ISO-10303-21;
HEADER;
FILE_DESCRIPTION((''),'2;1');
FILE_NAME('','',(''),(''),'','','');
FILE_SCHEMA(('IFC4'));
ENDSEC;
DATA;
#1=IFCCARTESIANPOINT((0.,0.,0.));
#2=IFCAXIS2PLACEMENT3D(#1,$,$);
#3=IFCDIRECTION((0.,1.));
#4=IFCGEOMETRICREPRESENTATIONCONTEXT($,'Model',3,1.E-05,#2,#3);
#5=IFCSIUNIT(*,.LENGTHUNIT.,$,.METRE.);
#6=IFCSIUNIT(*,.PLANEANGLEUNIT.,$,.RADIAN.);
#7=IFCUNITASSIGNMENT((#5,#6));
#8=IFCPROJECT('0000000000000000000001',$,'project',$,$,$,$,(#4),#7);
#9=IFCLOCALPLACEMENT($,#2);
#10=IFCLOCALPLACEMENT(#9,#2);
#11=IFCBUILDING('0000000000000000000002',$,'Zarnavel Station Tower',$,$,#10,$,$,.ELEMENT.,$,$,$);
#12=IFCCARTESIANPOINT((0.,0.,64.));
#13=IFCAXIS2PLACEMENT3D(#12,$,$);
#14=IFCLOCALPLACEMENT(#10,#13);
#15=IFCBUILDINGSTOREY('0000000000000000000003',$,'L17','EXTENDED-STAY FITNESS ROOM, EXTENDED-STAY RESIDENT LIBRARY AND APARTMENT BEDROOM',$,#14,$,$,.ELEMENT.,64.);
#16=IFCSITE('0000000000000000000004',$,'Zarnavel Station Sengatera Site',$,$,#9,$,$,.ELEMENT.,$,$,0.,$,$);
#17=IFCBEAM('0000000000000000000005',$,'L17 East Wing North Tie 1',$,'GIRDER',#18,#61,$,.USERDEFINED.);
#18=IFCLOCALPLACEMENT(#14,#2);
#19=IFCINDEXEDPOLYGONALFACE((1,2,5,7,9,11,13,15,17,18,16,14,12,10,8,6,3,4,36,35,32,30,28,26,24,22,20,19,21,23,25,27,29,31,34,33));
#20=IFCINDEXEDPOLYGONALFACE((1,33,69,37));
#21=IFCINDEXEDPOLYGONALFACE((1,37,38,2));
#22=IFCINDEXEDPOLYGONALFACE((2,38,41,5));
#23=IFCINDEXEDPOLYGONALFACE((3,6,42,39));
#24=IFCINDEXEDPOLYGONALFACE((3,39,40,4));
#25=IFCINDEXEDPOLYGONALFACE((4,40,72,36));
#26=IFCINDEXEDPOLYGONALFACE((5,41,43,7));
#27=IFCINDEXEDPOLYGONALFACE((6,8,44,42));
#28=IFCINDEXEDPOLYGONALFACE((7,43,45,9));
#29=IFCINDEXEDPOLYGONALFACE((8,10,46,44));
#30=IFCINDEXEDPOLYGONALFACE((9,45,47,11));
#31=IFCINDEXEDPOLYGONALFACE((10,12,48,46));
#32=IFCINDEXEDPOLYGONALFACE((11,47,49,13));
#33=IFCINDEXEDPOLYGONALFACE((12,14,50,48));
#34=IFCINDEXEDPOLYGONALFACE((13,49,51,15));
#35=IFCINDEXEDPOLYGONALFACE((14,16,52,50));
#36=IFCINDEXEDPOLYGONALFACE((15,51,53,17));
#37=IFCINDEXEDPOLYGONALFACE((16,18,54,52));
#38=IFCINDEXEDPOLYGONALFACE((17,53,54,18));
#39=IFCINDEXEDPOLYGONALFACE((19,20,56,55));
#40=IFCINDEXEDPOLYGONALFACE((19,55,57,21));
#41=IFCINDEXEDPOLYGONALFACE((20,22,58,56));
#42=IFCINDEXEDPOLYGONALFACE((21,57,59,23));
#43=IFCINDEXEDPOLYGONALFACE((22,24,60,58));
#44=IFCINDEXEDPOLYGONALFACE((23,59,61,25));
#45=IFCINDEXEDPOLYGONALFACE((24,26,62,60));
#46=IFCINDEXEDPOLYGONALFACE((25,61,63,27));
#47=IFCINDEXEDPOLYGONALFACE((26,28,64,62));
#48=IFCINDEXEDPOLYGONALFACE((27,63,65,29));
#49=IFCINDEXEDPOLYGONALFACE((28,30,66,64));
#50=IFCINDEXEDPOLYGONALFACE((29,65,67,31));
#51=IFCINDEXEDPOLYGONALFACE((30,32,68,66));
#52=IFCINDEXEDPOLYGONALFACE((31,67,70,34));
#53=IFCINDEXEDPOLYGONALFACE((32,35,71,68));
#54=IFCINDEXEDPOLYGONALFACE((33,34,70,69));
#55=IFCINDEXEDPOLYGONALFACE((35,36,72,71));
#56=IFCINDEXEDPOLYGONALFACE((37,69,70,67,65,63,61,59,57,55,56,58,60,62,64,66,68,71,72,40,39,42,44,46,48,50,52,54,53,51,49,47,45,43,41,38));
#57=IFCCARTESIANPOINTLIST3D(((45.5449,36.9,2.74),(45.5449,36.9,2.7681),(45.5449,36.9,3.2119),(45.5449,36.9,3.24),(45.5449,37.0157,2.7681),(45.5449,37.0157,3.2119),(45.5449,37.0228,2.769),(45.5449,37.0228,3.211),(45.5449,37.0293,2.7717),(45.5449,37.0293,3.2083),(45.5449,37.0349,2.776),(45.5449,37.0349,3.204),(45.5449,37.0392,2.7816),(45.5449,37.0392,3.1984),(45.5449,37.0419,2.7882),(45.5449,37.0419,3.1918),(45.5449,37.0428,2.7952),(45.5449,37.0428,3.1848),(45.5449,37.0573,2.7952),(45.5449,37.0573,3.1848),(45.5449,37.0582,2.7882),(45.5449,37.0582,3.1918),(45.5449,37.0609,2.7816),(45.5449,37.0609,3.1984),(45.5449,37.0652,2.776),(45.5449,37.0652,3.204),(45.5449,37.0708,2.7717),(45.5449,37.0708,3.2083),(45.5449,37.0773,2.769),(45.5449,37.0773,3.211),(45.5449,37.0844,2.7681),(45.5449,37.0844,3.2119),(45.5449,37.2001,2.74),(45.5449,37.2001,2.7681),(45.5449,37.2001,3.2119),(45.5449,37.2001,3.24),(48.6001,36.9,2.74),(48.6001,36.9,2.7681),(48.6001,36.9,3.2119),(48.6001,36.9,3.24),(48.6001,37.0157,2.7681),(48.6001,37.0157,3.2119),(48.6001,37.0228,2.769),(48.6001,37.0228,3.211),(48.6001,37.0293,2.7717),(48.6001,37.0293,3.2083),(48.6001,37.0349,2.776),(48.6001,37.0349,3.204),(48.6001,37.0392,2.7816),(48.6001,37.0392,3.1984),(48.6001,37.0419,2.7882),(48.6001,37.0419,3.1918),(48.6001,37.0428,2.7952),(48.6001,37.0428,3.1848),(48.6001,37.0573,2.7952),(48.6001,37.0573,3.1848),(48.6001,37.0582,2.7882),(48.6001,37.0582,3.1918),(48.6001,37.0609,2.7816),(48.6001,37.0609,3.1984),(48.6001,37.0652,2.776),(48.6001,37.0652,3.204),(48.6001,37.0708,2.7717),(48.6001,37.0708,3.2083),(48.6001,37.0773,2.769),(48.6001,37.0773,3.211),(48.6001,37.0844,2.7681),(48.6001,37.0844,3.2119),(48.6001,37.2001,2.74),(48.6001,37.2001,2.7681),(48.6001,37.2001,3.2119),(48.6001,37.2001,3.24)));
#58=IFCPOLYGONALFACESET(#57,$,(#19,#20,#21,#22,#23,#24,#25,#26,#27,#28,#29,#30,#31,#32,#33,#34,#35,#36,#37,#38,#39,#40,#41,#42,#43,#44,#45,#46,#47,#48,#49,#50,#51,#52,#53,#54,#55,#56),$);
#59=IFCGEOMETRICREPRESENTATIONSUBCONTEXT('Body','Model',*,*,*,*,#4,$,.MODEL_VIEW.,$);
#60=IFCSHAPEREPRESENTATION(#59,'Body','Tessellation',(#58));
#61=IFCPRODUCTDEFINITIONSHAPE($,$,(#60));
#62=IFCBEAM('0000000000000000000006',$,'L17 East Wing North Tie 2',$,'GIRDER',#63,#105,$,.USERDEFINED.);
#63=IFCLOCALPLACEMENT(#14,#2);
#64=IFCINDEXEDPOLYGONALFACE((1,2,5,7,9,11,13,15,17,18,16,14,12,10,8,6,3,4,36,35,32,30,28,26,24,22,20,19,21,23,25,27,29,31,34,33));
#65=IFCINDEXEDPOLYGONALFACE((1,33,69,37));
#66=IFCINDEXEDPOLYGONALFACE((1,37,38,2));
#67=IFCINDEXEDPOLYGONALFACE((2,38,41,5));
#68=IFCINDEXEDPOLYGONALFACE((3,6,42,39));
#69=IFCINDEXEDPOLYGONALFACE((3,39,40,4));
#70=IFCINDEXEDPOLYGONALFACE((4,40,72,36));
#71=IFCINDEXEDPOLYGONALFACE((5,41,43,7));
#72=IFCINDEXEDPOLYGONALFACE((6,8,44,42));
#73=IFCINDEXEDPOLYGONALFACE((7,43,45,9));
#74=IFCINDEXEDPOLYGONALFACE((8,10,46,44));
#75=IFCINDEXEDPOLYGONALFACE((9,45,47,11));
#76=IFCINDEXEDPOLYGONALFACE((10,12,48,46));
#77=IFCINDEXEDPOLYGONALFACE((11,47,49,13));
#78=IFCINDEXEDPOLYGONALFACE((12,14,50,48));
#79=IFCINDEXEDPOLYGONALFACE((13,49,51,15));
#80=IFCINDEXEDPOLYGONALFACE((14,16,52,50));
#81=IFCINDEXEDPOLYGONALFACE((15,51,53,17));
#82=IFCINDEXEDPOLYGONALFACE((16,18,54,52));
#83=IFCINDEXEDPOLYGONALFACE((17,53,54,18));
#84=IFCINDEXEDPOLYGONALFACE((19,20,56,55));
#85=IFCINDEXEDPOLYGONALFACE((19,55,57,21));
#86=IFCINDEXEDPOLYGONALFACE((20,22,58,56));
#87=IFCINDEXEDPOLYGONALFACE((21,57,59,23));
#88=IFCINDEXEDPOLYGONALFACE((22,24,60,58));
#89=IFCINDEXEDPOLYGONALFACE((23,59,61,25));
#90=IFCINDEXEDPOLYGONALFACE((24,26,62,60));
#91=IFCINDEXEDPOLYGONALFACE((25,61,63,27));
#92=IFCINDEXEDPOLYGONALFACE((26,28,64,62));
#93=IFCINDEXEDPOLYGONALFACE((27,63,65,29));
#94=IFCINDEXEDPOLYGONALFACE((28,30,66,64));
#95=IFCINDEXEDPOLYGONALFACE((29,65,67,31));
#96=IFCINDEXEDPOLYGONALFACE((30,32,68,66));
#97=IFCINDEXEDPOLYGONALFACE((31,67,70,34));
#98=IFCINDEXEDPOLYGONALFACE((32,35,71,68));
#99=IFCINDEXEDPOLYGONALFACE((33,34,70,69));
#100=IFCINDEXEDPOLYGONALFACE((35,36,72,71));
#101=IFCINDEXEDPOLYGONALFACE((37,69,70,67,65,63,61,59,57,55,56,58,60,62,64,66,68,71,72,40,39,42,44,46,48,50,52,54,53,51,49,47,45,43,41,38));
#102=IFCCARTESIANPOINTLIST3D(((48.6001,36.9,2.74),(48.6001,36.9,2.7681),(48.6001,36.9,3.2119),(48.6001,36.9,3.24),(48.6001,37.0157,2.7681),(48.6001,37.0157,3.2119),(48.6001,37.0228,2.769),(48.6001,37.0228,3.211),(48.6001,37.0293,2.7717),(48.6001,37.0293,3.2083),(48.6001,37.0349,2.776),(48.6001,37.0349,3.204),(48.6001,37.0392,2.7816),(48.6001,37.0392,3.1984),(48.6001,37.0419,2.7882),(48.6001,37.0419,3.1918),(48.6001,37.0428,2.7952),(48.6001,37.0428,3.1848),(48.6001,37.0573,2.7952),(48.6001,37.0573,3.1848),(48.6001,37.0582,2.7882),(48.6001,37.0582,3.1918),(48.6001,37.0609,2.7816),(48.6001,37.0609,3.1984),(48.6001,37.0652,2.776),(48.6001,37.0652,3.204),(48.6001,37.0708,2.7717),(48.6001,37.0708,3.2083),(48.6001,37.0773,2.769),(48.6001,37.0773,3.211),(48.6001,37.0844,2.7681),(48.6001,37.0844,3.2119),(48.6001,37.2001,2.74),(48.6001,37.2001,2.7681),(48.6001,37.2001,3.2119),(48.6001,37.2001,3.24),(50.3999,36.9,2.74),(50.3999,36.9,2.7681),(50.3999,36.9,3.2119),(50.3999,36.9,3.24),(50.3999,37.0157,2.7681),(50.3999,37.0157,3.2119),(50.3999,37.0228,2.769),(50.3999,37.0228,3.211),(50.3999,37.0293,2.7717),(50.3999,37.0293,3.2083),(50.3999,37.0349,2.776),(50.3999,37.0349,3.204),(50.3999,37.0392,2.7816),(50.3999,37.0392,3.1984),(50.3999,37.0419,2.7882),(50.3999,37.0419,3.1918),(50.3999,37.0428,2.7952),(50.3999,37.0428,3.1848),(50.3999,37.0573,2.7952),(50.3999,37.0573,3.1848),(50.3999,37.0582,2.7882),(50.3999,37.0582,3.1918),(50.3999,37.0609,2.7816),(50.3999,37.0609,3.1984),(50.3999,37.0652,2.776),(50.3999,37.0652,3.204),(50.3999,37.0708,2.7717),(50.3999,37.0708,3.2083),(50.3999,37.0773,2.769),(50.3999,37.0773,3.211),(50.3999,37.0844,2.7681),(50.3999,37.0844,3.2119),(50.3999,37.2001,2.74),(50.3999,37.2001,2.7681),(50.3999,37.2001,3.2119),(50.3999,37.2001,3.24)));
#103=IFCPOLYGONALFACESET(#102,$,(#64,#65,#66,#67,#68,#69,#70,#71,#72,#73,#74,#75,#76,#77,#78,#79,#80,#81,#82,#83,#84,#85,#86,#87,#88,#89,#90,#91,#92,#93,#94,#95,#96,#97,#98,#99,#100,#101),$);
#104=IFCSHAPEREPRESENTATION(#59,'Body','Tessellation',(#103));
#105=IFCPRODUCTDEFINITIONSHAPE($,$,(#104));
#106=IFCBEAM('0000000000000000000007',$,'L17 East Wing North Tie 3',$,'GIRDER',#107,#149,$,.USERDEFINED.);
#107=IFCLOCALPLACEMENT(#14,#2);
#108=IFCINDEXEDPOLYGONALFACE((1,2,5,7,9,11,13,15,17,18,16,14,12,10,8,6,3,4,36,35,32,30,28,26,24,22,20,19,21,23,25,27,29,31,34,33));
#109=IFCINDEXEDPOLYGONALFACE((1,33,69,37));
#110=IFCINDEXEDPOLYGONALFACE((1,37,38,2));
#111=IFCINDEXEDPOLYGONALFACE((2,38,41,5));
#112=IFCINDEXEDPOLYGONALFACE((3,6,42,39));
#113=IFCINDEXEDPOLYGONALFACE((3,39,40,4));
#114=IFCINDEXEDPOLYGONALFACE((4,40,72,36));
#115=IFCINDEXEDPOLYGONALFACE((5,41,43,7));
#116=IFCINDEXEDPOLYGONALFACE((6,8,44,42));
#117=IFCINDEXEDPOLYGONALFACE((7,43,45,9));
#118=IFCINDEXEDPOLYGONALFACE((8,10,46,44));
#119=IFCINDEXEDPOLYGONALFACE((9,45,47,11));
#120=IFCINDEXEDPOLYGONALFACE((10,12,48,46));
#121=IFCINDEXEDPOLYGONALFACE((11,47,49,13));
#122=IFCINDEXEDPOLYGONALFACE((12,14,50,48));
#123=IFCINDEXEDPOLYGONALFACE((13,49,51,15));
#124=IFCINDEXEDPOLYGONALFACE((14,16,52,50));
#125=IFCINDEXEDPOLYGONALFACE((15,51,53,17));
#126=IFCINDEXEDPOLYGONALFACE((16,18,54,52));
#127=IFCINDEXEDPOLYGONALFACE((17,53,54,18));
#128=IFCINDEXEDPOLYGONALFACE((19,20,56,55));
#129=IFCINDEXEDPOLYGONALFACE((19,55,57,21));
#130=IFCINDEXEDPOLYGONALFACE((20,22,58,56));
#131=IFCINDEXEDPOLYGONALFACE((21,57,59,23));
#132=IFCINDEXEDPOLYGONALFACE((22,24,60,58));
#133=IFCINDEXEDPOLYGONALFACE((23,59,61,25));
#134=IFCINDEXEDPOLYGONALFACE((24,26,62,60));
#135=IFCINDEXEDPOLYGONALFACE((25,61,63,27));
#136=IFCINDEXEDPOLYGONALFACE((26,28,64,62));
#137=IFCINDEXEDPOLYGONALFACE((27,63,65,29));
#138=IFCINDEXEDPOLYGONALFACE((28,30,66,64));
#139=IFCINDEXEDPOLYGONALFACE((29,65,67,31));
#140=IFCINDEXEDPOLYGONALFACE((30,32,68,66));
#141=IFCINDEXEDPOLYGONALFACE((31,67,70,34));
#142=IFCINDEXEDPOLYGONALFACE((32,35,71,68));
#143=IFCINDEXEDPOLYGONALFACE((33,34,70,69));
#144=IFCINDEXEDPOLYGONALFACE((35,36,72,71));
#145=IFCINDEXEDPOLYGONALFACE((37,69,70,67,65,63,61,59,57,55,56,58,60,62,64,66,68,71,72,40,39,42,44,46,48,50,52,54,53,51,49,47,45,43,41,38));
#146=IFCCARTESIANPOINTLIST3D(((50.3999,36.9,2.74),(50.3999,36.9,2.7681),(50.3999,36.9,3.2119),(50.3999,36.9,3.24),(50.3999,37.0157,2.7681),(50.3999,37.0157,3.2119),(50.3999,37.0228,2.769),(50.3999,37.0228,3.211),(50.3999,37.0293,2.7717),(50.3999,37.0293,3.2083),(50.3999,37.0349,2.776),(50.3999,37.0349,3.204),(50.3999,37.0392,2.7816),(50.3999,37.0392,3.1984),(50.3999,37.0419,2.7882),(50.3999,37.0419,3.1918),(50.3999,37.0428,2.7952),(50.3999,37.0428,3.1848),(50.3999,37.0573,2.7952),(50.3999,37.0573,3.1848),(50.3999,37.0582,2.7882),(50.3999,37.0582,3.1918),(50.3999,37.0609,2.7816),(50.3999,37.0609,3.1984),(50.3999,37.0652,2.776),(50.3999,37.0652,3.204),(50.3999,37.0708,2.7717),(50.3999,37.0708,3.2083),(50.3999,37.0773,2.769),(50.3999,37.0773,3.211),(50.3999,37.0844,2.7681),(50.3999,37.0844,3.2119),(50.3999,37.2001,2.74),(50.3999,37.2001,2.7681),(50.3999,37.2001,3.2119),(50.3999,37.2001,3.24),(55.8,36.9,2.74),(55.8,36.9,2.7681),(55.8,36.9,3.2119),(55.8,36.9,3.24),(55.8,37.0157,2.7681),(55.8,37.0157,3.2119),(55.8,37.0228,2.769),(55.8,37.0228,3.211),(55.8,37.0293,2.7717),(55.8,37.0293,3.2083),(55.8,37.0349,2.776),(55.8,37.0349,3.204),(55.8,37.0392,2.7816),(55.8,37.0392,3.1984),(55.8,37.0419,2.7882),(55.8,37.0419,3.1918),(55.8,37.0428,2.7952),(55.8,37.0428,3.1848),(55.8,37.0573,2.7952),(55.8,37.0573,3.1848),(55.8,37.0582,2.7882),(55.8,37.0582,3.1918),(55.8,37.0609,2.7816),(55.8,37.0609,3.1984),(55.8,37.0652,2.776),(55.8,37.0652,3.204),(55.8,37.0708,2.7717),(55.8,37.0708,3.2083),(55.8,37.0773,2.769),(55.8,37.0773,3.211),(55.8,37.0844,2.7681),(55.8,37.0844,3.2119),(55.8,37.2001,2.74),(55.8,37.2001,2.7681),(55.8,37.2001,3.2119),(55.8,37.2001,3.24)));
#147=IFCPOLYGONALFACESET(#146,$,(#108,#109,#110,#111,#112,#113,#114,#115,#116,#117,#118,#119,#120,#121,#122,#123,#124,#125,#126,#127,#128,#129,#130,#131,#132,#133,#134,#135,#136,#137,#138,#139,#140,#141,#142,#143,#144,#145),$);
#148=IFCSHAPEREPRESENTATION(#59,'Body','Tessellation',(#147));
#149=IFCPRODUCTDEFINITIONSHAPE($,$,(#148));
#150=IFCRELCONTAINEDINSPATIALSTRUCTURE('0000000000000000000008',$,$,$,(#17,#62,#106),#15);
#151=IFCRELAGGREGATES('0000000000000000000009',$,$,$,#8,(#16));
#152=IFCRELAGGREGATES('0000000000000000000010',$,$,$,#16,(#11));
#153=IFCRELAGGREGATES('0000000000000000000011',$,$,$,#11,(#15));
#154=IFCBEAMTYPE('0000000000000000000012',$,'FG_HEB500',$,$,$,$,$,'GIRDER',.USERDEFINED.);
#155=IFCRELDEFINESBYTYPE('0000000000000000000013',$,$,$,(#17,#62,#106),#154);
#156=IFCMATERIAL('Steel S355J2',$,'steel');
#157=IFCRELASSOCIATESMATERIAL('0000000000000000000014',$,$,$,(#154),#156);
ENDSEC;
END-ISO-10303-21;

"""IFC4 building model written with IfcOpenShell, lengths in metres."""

from ifc_helpers import new_model, si_unit, direction, frame, origin, origin_2d, place, context, subcontext, project, spatial, i_section, extrude, material, material_profile, profile_set, type_object, element, save


model = new_model("IFC4")

# Units and contexts
model_context = context("Model", 3, precision=1e-05, world=origin(), true_north=direction((0.0, 1.0)))
body_context = subcontext(model_context, "Body", "Model", "MODEL_VIEW")
ifc_project = project(units=[si_unit("LENGTHUNIT", "METRE"), si_unit("PLANEANGLEUNIT", "RADIAN")], contexts=[model_context])

# Site, building, storey
site_placement = place(None, origin())
site = spatial("IfcSite", under=ifc_project, at=site_placement, Name="Zarnavel Station Sengatera Site", CompositionType="ELEMENT", RefElevation=0.0)
building_placement = place(site_placement, origin())
building = spatial("IfcBuilding", under=site, at=building_placement, Name="Zarnavel Station Tower", CompositionType="ELEMENT")
storey_placement = place(building_placement, frame((0.0, 0.0, 64.0)))
storey = spatial("IfcBuildingStorey", under=building, at=storey_placement, Name="L17", Description="EXTENDED-STAY FITNESS ROOM, EXTENDED-STAY RESIDENT LIBRARY AND APARTMENT BEDROOM", CompositionType="ELEMENT", Elevation=64.0)

# Beams
ifc_material_1 = material(Name="Steel S355J2", Category="steel")
ifc_material_profile_1 = material_profile(ifc_material_1, i_section(OverallWidth=0.3, OverallDepth=0.5, WebThickness=0.0144, FlangeThickness=0.0281, FilletRadius=0.0271, at=origin_2d()), Name="HEB500")
ifc_profile_set_1 = profile_set([ifc_material_profile_1], Name="Steel S355J2")
beam_type = type_object("IfcBeamType", Name="FG_HEB500", ElementType="GIRDER", PredefinedType="USERDEFINED", material=ifc_profile_set_1)
beam_1_placement = place(storey_placement, frame((45.5449, 37.05, 2.99), z_axis=(1.0, 0.0, 0.0), x_axis=(0.0, 1.0, 0.0)))
element("IfcBeam", 1, at=beam_1_placement, inside=storey, type_object=beam_type, Name="L17 East Wing North Tie 1", ObjectType="GIRDER", PredefinedType="USERDEFINED", context=body_context, shape_type="SweptSolid", body=[
    extrude(i_section(OverallWidth=0.3, OverallDepth=0.5, WebThickness=0.0144, FlangeThickness=0.0281, FilletRadius=0.0271, at=origin_2d()), origin(), (0.0, 0.0, 1.0), 3.0552),
])
beam_2_placement = place(storey_placement, frame((48.6001, 37.05, 2.99), z_axis=(1.0, 0.0, 0.0), x_axis=(0.0, 1.0, 0.0)))
element("IfcBeam", 2, at=beam_2_placement, inside=storey, type_object=beam_type, Name="L17 East Wing North Tie 2", ObjectType="GIRDER", PredefinedType="USERDEFINED", context=body_context, shape_type="SweptSolid", body=[
    extrude(i_section(OverallWidth=0.3, OverallDepth=0.5, WebThickness=0.0144, FlangeThickness=0.0281, FilletRadius=0.0271, at=origin_2d()), origin(), (0.0, 0.0, 1.0), 1.7998),
])
beam_3_placement = place(storey_placement, frame((50.3999, 37.05, 2.99), z_axis=(1.0, 0.0, 0.0), x_axis=(0.0, 1.0, 0.0)))
element("IfcBeam", 3, at=beam_3_placement, inside=storey, type_object=beam_type, Name="L17 East Wing North Tie 3", ObjectType="GIRDER", PredefinedType="USERDEFINED", context=body_context, shape_type="SweptSolid", body=[
    extrude(i_section(OverallWidth=0.3, OverallDepth=0.5, WebThickness=0.0144, FlangeThickness=0.0281, FilletRadius=0.0271, at=origin_2d()), origin(), (0.0, 0.0, 1.0), 5.4001),
])

save(model, "model.ifc")
